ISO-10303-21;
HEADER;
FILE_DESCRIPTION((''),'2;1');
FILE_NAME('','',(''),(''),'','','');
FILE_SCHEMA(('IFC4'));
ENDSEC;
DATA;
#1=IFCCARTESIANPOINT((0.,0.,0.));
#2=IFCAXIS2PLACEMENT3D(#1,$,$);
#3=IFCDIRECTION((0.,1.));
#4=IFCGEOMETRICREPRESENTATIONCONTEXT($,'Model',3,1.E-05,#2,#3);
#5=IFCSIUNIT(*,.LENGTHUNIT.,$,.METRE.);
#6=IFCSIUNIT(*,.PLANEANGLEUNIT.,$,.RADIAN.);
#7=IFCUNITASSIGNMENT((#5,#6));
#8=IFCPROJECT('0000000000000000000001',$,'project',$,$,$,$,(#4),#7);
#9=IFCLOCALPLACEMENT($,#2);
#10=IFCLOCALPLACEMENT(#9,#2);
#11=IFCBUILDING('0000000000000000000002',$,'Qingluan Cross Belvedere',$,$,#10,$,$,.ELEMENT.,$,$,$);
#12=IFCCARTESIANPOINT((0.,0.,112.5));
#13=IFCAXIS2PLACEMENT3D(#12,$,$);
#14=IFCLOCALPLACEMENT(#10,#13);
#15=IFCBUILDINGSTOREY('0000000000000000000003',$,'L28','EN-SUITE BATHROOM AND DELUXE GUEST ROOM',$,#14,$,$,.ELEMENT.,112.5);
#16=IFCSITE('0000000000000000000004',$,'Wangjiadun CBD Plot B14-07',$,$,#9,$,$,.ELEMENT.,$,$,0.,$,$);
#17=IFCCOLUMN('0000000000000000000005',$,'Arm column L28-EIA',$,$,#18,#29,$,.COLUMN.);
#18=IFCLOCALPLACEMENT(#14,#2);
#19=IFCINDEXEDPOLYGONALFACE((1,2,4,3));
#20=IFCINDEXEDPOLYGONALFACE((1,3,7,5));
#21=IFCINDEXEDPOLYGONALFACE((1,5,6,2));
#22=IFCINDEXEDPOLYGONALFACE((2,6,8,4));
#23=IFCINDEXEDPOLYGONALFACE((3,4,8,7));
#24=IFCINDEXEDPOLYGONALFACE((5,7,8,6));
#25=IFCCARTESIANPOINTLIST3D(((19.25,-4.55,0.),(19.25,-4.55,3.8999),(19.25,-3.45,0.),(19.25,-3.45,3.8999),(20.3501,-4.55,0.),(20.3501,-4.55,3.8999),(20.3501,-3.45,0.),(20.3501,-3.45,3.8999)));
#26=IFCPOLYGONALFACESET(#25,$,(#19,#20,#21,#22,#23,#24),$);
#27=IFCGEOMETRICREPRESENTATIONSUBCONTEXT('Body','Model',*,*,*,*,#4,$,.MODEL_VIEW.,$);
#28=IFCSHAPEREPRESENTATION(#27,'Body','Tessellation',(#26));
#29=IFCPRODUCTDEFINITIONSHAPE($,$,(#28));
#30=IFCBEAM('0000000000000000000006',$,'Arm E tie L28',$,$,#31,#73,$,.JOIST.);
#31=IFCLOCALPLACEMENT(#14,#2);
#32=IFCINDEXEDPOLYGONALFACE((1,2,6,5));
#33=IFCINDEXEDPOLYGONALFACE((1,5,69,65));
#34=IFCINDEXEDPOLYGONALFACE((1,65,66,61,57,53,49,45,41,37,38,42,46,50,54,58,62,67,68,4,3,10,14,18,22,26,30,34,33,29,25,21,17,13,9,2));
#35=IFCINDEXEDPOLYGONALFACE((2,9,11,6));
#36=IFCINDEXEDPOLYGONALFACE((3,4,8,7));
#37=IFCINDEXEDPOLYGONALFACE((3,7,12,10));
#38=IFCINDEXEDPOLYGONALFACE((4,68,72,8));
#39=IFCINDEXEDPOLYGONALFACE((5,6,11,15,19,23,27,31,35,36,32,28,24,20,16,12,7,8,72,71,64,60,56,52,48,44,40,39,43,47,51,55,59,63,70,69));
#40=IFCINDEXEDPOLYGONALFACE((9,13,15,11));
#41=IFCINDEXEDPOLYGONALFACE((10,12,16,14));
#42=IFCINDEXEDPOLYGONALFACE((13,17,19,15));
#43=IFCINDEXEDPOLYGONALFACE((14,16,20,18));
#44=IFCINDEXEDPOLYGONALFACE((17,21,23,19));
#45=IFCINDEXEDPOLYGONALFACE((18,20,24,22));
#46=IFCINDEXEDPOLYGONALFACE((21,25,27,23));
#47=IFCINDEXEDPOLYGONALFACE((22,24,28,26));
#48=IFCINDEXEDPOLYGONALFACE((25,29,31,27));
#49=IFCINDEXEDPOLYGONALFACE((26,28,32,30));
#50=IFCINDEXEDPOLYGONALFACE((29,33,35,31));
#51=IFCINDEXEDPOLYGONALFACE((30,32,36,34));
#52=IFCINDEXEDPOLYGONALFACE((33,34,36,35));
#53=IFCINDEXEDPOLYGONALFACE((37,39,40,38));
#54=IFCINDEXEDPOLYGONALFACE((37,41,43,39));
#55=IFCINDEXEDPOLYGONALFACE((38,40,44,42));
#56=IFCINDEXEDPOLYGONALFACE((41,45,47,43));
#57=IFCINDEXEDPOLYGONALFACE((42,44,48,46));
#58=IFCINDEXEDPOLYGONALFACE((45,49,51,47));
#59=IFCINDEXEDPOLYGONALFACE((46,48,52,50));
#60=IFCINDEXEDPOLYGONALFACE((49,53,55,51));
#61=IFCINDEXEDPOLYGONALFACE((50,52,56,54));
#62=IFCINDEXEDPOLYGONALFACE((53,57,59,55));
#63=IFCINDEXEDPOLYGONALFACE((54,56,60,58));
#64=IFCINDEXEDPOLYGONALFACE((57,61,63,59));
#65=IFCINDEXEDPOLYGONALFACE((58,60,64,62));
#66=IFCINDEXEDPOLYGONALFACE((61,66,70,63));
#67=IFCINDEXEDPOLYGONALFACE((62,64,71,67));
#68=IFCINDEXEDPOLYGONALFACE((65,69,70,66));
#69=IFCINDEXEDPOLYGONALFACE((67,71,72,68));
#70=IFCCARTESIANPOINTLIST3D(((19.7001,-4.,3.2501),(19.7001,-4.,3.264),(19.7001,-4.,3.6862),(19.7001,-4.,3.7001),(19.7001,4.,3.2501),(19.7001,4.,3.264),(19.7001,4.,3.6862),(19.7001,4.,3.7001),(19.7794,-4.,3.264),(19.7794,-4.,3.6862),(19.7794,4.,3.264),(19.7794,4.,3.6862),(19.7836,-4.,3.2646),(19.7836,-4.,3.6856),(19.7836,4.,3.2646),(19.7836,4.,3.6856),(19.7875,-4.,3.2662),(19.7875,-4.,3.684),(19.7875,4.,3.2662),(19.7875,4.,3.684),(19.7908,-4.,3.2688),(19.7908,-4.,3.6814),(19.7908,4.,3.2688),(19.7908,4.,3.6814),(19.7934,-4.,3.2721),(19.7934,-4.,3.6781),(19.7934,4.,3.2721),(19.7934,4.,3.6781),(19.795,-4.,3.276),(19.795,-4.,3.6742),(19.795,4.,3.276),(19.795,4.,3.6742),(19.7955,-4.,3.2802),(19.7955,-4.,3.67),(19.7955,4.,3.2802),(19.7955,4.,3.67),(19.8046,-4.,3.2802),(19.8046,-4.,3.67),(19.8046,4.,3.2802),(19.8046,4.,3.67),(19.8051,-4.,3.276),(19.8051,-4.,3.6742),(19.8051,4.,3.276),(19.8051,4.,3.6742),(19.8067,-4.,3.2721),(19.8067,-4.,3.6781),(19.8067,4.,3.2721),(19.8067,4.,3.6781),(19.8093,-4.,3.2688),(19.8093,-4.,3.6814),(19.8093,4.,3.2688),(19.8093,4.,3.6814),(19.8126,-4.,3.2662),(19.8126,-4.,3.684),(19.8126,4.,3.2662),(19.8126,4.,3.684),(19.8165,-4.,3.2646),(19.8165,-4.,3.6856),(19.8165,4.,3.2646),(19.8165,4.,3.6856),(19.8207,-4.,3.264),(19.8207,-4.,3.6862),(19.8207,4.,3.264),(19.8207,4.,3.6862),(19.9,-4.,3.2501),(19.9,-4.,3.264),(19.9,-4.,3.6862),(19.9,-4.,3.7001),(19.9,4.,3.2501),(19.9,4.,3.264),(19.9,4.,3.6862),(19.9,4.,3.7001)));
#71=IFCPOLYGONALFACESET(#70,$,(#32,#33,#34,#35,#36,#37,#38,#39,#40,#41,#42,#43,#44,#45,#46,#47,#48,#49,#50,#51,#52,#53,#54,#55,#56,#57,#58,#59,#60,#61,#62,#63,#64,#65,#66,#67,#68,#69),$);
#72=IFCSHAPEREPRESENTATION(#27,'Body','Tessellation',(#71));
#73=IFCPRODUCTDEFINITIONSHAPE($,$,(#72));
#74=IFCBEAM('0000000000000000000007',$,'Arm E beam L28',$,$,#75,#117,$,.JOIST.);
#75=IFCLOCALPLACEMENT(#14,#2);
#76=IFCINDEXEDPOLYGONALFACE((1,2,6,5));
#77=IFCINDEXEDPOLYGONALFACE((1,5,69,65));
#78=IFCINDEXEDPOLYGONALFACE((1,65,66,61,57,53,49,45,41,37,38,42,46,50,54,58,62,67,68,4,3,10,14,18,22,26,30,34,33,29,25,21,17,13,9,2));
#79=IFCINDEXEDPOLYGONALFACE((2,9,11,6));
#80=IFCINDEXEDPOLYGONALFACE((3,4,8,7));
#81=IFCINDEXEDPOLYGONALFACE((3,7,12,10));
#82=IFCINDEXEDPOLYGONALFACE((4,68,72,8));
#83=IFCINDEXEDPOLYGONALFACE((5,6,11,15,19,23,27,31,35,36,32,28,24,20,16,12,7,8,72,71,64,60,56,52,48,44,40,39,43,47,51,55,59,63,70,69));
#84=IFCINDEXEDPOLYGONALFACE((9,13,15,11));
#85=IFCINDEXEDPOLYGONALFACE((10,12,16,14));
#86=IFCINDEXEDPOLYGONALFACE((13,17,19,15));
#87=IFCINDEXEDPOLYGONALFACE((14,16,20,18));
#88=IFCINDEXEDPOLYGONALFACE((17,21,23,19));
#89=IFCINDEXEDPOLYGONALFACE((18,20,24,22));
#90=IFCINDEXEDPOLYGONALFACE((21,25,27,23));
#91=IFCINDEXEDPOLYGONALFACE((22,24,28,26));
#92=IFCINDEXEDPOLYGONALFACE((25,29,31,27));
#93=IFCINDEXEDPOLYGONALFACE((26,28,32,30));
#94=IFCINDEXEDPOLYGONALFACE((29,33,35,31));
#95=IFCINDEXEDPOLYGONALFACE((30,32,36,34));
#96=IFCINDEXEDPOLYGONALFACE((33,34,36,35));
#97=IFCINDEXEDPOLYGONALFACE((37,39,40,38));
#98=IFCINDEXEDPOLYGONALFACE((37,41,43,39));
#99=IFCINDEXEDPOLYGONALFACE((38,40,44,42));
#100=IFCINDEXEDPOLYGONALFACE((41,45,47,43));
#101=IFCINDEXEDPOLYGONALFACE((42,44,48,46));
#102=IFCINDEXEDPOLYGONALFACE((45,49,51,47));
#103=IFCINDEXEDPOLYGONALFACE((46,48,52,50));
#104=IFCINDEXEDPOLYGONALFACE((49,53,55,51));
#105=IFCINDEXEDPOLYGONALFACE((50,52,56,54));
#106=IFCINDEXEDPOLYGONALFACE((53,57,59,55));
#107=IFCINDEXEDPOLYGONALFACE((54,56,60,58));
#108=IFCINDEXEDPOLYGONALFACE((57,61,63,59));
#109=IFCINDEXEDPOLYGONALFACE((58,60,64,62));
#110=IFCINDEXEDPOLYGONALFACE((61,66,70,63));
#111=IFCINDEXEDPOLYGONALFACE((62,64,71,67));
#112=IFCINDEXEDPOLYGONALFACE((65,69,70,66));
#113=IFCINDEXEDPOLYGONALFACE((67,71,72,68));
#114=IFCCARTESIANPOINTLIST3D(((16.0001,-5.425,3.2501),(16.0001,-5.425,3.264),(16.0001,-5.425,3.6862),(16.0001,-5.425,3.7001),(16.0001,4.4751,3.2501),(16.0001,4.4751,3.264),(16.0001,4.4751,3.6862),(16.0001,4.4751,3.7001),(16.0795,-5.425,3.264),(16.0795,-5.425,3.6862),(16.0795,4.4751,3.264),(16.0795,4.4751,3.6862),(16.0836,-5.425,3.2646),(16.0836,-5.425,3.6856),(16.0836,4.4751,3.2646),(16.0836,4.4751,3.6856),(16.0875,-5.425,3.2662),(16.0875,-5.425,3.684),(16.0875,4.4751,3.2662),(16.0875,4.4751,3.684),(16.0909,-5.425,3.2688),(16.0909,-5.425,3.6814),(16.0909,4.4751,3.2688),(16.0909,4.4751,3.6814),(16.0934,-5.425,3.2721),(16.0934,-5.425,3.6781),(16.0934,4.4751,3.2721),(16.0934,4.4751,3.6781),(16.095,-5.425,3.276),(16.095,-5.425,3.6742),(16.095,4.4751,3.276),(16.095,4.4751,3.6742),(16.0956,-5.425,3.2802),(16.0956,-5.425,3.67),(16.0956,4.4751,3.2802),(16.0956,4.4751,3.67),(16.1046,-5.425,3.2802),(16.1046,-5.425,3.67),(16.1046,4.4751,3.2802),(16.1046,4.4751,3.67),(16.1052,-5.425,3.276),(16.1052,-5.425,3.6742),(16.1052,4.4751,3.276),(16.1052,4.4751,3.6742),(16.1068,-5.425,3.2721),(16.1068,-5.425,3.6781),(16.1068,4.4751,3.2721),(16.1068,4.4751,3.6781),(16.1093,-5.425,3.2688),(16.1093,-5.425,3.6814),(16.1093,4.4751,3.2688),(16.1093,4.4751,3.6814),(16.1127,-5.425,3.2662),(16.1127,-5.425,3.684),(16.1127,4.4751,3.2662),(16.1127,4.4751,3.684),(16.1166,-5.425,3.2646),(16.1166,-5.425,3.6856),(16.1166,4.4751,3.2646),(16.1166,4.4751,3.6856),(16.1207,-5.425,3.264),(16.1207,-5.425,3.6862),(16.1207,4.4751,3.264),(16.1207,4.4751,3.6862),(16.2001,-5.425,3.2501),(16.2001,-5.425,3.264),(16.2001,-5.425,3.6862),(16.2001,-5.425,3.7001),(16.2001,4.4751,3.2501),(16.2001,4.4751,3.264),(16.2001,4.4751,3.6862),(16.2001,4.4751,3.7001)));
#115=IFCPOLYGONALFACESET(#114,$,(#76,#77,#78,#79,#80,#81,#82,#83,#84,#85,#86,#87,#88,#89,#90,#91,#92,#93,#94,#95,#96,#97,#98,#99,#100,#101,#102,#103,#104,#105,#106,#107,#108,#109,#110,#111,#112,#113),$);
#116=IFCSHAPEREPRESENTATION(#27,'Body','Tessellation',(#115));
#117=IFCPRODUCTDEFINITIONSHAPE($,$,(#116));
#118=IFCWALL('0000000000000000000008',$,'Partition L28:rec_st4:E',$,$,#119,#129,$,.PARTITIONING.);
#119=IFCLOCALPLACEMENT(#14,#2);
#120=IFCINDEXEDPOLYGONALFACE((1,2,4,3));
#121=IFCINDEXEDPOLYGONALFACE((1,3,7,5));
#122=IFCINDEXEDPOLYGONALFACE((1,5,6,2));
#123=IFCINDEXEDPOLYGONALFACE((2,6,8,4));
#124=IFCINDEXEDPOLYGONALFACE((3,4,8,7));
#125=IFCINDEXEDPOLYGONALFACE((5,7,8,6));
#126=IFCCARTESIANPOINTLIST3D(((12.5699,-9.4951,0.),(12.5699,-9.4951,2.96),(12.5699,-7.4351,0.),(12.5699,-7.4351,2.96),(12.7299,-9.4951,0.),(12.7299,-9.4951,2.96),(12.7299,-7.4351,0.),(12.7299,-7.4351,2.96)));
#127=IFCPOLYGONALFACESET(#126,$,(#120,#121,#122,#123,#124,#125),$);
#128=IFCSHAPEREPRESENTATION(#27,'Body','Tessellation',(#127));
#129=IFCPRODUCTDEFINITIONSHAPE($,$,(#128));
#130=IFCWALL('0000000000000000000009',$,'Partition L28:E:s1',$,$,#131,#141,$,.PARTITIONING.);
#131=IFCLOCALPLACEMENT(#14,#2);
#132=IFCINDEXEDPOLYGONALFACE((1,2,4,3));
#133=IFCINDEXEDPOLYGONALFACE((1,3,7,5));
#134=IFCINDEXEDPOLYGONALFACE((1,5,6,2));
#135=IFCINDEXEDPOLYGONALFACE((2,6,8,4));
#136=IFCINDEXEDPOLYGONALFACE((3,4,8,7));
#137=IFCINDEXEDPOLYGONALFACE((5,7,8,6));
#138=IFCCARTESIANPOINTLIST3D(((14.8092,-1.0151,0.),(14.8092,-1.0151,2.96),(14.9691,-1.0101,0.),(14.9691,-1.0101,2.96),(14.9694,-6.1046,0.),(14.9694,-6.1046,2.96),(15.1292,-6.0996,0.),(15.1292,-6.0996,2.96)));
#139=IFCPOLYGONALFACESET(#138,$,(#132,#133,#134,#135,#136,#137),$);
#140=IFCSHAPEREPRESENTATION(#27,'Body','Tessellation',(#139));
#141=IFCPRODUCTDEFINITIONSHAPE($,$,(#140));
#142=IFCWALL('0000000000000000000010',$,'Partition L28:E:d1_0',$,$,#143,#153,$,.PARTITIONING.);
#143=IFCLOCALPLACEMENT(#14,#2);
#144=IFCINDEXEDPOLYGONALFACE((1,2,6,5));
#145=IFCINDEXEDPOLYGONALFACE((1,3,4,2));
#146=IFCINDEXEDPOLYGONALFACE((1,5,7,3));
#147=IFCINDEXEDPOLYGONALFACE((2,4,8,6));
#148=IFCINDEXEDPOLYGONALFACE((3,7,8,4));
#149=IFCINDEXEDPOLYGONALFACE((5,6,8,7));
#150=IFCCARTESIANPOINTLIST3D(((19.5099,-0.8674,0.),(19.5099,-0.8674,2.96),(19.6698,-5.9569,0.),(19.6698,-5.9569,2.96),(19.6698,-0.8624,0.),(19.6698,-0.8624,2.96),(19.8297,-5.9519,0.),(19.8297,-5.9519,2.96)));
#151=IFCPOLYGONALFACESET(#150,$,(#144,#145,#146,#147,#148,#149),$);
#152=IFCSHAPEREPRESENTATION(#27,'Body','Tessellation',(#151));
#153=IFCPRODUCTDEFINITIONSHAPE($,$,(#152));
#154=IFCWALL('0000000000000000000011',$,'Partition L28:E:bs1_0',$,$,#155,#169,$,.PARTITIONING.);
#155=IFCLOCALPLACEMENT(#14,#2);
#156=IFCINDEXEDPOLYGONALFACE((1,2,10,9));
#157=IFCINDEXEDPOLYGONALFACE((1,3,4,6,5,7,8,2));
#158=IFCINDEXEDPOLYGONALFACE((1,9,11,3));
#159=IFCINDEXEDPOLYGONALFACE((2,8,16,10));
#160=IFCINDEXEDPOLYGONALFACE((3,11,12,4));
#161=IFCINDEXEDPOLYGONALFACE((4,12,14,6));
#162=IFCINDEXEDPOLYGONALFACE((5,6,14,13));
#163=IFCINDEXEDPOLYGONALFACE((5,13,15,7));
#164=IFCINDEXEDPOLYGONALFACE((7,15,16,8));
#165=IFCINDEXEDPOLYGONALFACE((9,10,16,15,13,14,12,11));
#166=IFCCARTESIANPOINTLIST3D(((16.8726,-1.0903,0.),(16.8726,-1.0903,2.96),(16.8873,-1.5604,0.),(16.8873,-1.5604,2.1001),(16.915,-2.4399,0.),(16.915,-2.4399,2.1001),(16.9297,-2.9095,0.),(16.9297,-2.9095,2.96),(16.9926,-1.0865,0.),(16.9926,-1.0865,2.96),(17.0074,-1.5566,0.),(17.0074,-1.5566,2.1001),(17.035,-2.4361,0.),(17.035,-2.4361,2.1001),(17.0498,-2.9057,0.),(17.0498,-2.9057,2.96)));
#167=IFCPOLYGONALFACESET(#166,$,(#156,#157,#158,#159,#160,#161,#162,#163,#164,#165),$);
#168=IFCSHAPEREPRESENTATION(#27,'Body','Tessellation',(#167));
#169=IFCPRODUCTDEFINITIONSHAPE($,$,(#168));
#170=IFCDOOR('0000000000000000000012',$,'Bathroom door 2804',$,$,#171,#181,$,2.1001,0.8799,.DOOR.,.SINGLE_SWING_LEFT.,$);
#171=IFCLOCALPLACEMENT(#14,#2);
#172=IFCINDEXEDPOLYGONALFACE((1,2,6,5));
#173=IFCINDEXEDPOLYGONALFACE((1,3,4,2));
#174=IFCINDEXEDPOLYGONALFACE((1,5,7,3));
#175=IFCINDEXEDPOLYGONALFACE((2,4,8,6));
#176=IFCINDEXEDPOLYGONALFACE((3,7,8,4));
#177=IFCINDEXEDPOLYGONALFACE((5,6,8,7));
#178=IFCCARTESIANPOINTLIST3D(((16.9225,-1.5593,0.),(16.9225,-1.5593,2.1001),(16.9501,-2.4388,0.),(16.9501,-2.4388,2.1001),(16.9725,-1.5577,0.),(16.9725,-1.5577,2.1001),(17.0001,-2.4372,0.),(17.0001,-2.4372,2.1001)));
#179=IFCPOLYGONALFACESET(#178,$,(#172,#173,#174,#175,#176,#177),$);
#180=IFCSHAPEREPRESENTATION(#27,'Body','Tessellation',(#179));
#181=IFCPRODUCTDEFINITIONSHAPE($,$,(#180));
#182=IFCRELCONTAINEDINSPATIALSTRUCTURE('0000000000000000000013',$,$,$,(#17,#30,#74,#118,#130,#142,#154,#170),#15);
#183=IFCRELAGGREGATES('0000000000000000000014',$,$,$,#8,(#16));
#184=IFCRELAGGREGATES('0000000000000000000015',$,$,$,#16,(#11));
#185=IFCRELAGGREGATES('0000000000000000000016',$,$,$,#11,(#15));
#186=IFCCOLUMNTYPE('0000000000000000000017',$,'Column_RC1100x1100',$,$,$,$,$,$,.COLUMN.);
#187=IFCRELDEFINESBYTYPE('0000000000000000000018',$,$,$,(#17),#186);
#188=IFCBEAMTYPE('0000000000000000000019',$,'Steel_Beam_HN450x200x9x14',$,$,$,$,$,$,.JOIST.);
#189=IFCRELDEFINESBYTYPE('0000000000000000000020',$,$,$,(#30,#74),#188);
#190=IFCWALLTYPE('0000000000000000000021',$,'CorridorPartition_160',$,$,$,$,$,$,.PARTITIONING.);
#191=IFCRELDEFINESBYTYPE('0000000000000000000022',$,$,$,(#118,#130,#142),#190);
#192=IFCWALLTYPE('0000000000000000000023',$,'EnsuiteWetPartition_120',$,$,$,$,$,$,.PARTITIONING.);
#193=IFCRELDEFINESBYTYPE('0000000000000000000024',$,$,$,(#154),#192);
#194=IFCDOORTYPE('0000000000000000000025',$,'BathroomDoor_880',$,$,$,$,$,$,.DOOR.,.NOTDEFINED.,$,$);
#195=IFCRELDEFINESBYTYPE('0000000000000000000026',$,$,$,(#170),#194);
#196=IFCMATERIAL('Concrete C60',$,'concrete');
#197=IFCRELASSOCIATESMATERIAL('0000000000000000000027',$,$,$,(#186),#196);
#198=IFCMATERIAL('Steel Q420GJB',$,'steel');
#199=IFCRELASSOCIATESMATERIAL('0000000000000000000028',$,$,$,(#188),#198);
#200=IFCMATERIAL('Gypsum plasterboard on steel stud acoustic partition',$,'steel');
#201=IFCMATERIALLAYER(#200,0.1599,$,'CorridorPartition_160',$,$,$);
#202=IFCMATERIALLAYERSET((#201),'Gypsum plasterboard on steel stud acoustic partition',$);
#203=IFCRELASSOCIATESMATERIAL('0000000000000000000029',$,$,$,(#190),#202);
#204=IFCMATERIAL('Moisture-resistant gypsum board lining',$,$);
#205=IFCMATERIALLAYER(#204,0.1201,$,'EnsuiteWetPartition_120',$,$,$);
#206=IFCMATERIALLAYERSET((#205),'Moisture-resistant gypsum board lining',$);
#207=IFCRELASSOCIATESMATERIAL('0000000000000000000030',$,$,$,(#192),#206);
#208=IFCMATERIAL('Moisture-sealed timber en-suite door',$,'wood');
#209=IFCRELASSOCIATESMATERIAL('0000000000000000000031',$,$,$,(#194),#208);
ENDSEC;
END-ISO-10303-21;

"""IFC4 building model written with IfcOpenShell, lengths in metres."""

from ifc_helpers import new_model, si_unit, direction, frame, frame_2d, origin, origin_2d, place, context, subcontext, project, spatial, rectangle, i_section, extrude, material, layer, layer_set, material_profile, profile_set, type_object, element, fill, save


model = new_model("IFC4")

# Units and contexts
model_context = context("Model", 3, precision=1e-05, world=origin(), true_north=direction((0.0, 1.0)))
body_context = subcontext(model_context, "Body", "Model", "MODEL_VIEW")
ifc_project = project(units=[si_unit("LENGTHUNIT", "METRE"), si_unit("PLANEANGLEUNIT", "RADIAN")], contexts=[model_context])

# Site, building, storey
site_placement = place(None, origin())
site = spatial("IfcSite", under=ifc_project, at=site_placement, Name="Wangjiadun CBD Plot B14-07", CompositionType="ELEMENT", RefElevation=0.0)
building_placement = place(site_placement, origin())
building = spatial("IfcBuilding", under=site, at=building_placement, Name="Qingluan Cross Belvedere", CompositionType="ELEMENT")
storey_placement = place(building_placement, frame((0.0, 0.0, 112.5)))
storey = spatial("IfcBuildingStorey", under=building, at=storey_placement, Name="L28", Description="EN-SUITE BATHROOM AND DELUXE GUEST ROOM", CompositionType="ELEMENT", Elevation=112.5)

# Column
ifc_material_1 = material(Name="Concrete C60", Category="concrete")
ifc_material_profile_1 = material_profile(ifc_material_1, rectangle(XDim=1.1001, YDim=1.1001, at=origin_2d()), Name="RC1100x1100")
ifc_profile_set_1 = profile_set([ifc_material_profile_1], Name="Concrete C60")
column_type = type_object("IfcColumnType", Name="Column_RC1100x1100", PredefinedType="COLUMN", material=ifc_profile_set_1)
column_placement = place(storey_placement, frame((19.8, -4.0, 0.0), z_axis=(0.0, 0.0, 1.0), x_axis=(1.0, 0.0, 0.0)))
element("IfcColumn", 1, at=column_placement, inside=storey, type_object=column_type, Name="Arm column L28-EIA", PredefinedType="COLUMN", context=body_context, shape_type="SweptSolid", body=[
    extrude(rectangle(XDim=1.1001, YDim=1.1001, at=origin_2d()), origin(), (0.0, 0.0, 1.0), 3.8999),
])

# Beams
ifc_material_2 = material(Name="Steel Q420GJB", Category="steel")
ifc_material_profile_2 = material_profile(ifc_material_2, i_section(OverallWidth=0.2, OverallDepth=0.45, WebThickness=0.009, FlangeThickness=0.0139, FilletRadius=0.0161, at=origin_2d()), Name="HN450x200x9x14")
ifc_profile_set_2 = profile_set([ifc_material_profile_2], Name="Steel Q420GJB")
beam_type = type_object("IfcBeamType", Name="Steel_Beam_HN450x200x9x14", PredefinedType="JOIST", material=ifc_profile_set_2)
beam_1_placement = place(storey_placement, frame((19.8, -4.0, 3.4751), z_axis=(0.0, 1.0, 0.0), x_axis=(-1.0, 0.0, 0.0)))
element("IfcBeam", 2, at=beam_1_placement, inside=storey, type_object=beam_type, Name="Arm E tie L28", PredefinedType="JOIST", context=body_context, shape_type="SweptSolid", body=[
    extrude(i_section(OverallWidth=0.2, OverallDepth=0.45, WebThickness=0.009, FlangeThickness=0.0139, FilletRadius=0.0161, at=origin_2d()), origin(), (0.0, 0.0, 1.0), 8.0),
])
beam_2_placement = place(storey_placement, frame((16.1001, -5.425, 3.4751), z_axis=(0.0, 1.0, 0.0), x_axis=(-1.0, 0.0, 0.0)))
element("IfcBeam", 3, at=beam_2_placement, inside=storey, type_object=beam_type, Name="Arm E beam L28", PredefinedType="JOIST", context=body_context, shape_type="SweptSolid", body=[
    extrude(i_section(OverallWidth=0.2, OverallDepth=0.45, WebThickness=0.009, FlangeThickness=0.0139, FilletRadius=0.0161, at=origin_2d()), origin(), (0.0, 0.0, 1.0), 9.9001),
])

# Wall
ifc_material_3 = material(Name="Gypsum plasterboard on steel stud acoustic partition", Category="steel")
ifc_layer_1 = layer(ifc_material_3, 0.1599, Name="CorridorPartition_160")
ifc_layer_set_1 = layer_set([ifc_layer_1], Name="Gypsum plasterboard on steel stud acoustic partition")
wall_type_1 = type_object("IfcWallType", Name="CorridorPartition_160", PredefinedType="PARTITIONING", material=ifc_layer_set_1)
wall_1_placement = place(storey_placement, frame((12.6499, -9.4951, 0.0), z_axis=(0.0, 0.0, 1.0), x_axis=(0.0, 1.0, 0.0)))
element("IfcWall", 4, at=wall_1_placement, inside=storey, type_object=wall_type_1, Name="Partition L28:rec_st4:E", PredefinedType="PARTITIONING", context=body_context, shape_type="SweptSolid", body=[
    extrude(rectangle(XDim=2.0601, YDim=0.1599, at=frame_2d((1.03, 0.0))), origin(), (0.0, 0.0, 1.0), 2.96),
])

# Walls
for number, where, z_axis, x_axis, name in (
    (5, (14.8892, -1.0127, 0.0), (0.0, 0.0, 1.0), (0.031452, -0.999505, 0.0), "Partition L28:E:s1"),
    (6, (19.5898, -0.865, 0.0), (0.0, 0.0, 1.0), (0.031404, -0.999507, 0.0), "Partition L28:E:d1_0"),
):
    element("IfcWall", number, at=place(storey_placement, frame(where, z_axis=z_axis, x_axis=x_axis)), inside=storey, type_object=wall_type_1, Name=name, PredefinedType="PARTITIONING", context=body_context, shape_type="SweptSolid", body=[
        extrude(rectangle(XDim=5.092, YDim=0.1599, at=frame_2d((2.5459, 0.0))), origin(), (0.0, 0.0, 1.0), 2.96),
    ])

# Wall, opening, door
ifc_material_4 = material(Name="Moisture-resistant gypsum board lining")
ifc_layer_2 = layer(ifc_material_4, 0.1201, Name="EnsuiteWetPartition_120")
ifc_layer_set_2 = layer_set([ifc_layer_2], Name="Moisture-resistant gypsum board lining")
wall_type_2 = type_object("IfcWallType", Name="EnsuiteWetPartition_120", PredefinedType="PARTITIONING", material=ifc_layer_set_2)
wall_2_placement = place(storey_placement, frame((16.9897, -2.9077, 0.0), z_axis=(0.0, 0.0, 1.0), x_axis=(-0.03139, 0.999507, 0.0)))
wall_2 = element("IfcWall", 7, at=wall_2_placement, inside=storey, type_object=wall_type_2, Name="Partition L28:E:bs1_0", PredefinedType="PARTITIONING", context=body_context, shape_type="SweptSolid", body=[
    extrude(rectangle(XDim=1.8201, YDim=0.1201, at=frame_2d((0.9102, 0.0))), origin(), (0.0, 0.0, 1.0), 2.96),
])
opening_1_placement = place(wall_2_placement, frame((0.47, 0.0, 0.0)))
opening_1 = element("IfcOpeningElement", 8, at=opening_1_placement, cuts=wall_2, PredefinedType="OPENING", context=body_context, shape_type="SweptSolid", body=[
    extrude(rectangle(XDim=0.8799, YDim=2.1001, at=frame_2d((0.4399, 1.05))), frame((0.0, 0.0701, 0.0), z_axis=(0.0, -1.0, 0.0), x_axis=(1.0, 0.0, 0.0)), (0.0, 0.0, 1.0), 0.1401),
])
ifc_material_5 = material(Name="Moisture-sealed timber en-suite door", Category="wood")
door_type_1 = type_object("IfcDoorType", Name="BathroomDoor_880", OperationType="NOTDEFINED", PredefinedType="DOOR", material=ifc_material_5)
door_1_placement = place(opening_1_placement, origin())
door_1 = element("IfcDoor", 9, at=door_1_placement, inside=storey, type_object=door_type_1, Name="Bathroom door 2804", OperationType="SINGLE_SWING_LEFT", OverallHeight=2.1001, OverallWidth=0.8799, PredefinedType="DOOR", context=body_context, shape_type="SweptSolid", body=[
    extrude(rectangle(XDim=0.8799, YDim=2.1001, at=frame_2d((0.4399, 1.05))), frame((0.0, 0.0249, 0.0), z_axis=(0.0, -1.0, 0.0), x_axis=(1.0, 0.0, 0.0)), (0.0, 0.0, 1.0), 0.05),
])
fill(opening_1, door_1)

save(model, "model.ifc")
